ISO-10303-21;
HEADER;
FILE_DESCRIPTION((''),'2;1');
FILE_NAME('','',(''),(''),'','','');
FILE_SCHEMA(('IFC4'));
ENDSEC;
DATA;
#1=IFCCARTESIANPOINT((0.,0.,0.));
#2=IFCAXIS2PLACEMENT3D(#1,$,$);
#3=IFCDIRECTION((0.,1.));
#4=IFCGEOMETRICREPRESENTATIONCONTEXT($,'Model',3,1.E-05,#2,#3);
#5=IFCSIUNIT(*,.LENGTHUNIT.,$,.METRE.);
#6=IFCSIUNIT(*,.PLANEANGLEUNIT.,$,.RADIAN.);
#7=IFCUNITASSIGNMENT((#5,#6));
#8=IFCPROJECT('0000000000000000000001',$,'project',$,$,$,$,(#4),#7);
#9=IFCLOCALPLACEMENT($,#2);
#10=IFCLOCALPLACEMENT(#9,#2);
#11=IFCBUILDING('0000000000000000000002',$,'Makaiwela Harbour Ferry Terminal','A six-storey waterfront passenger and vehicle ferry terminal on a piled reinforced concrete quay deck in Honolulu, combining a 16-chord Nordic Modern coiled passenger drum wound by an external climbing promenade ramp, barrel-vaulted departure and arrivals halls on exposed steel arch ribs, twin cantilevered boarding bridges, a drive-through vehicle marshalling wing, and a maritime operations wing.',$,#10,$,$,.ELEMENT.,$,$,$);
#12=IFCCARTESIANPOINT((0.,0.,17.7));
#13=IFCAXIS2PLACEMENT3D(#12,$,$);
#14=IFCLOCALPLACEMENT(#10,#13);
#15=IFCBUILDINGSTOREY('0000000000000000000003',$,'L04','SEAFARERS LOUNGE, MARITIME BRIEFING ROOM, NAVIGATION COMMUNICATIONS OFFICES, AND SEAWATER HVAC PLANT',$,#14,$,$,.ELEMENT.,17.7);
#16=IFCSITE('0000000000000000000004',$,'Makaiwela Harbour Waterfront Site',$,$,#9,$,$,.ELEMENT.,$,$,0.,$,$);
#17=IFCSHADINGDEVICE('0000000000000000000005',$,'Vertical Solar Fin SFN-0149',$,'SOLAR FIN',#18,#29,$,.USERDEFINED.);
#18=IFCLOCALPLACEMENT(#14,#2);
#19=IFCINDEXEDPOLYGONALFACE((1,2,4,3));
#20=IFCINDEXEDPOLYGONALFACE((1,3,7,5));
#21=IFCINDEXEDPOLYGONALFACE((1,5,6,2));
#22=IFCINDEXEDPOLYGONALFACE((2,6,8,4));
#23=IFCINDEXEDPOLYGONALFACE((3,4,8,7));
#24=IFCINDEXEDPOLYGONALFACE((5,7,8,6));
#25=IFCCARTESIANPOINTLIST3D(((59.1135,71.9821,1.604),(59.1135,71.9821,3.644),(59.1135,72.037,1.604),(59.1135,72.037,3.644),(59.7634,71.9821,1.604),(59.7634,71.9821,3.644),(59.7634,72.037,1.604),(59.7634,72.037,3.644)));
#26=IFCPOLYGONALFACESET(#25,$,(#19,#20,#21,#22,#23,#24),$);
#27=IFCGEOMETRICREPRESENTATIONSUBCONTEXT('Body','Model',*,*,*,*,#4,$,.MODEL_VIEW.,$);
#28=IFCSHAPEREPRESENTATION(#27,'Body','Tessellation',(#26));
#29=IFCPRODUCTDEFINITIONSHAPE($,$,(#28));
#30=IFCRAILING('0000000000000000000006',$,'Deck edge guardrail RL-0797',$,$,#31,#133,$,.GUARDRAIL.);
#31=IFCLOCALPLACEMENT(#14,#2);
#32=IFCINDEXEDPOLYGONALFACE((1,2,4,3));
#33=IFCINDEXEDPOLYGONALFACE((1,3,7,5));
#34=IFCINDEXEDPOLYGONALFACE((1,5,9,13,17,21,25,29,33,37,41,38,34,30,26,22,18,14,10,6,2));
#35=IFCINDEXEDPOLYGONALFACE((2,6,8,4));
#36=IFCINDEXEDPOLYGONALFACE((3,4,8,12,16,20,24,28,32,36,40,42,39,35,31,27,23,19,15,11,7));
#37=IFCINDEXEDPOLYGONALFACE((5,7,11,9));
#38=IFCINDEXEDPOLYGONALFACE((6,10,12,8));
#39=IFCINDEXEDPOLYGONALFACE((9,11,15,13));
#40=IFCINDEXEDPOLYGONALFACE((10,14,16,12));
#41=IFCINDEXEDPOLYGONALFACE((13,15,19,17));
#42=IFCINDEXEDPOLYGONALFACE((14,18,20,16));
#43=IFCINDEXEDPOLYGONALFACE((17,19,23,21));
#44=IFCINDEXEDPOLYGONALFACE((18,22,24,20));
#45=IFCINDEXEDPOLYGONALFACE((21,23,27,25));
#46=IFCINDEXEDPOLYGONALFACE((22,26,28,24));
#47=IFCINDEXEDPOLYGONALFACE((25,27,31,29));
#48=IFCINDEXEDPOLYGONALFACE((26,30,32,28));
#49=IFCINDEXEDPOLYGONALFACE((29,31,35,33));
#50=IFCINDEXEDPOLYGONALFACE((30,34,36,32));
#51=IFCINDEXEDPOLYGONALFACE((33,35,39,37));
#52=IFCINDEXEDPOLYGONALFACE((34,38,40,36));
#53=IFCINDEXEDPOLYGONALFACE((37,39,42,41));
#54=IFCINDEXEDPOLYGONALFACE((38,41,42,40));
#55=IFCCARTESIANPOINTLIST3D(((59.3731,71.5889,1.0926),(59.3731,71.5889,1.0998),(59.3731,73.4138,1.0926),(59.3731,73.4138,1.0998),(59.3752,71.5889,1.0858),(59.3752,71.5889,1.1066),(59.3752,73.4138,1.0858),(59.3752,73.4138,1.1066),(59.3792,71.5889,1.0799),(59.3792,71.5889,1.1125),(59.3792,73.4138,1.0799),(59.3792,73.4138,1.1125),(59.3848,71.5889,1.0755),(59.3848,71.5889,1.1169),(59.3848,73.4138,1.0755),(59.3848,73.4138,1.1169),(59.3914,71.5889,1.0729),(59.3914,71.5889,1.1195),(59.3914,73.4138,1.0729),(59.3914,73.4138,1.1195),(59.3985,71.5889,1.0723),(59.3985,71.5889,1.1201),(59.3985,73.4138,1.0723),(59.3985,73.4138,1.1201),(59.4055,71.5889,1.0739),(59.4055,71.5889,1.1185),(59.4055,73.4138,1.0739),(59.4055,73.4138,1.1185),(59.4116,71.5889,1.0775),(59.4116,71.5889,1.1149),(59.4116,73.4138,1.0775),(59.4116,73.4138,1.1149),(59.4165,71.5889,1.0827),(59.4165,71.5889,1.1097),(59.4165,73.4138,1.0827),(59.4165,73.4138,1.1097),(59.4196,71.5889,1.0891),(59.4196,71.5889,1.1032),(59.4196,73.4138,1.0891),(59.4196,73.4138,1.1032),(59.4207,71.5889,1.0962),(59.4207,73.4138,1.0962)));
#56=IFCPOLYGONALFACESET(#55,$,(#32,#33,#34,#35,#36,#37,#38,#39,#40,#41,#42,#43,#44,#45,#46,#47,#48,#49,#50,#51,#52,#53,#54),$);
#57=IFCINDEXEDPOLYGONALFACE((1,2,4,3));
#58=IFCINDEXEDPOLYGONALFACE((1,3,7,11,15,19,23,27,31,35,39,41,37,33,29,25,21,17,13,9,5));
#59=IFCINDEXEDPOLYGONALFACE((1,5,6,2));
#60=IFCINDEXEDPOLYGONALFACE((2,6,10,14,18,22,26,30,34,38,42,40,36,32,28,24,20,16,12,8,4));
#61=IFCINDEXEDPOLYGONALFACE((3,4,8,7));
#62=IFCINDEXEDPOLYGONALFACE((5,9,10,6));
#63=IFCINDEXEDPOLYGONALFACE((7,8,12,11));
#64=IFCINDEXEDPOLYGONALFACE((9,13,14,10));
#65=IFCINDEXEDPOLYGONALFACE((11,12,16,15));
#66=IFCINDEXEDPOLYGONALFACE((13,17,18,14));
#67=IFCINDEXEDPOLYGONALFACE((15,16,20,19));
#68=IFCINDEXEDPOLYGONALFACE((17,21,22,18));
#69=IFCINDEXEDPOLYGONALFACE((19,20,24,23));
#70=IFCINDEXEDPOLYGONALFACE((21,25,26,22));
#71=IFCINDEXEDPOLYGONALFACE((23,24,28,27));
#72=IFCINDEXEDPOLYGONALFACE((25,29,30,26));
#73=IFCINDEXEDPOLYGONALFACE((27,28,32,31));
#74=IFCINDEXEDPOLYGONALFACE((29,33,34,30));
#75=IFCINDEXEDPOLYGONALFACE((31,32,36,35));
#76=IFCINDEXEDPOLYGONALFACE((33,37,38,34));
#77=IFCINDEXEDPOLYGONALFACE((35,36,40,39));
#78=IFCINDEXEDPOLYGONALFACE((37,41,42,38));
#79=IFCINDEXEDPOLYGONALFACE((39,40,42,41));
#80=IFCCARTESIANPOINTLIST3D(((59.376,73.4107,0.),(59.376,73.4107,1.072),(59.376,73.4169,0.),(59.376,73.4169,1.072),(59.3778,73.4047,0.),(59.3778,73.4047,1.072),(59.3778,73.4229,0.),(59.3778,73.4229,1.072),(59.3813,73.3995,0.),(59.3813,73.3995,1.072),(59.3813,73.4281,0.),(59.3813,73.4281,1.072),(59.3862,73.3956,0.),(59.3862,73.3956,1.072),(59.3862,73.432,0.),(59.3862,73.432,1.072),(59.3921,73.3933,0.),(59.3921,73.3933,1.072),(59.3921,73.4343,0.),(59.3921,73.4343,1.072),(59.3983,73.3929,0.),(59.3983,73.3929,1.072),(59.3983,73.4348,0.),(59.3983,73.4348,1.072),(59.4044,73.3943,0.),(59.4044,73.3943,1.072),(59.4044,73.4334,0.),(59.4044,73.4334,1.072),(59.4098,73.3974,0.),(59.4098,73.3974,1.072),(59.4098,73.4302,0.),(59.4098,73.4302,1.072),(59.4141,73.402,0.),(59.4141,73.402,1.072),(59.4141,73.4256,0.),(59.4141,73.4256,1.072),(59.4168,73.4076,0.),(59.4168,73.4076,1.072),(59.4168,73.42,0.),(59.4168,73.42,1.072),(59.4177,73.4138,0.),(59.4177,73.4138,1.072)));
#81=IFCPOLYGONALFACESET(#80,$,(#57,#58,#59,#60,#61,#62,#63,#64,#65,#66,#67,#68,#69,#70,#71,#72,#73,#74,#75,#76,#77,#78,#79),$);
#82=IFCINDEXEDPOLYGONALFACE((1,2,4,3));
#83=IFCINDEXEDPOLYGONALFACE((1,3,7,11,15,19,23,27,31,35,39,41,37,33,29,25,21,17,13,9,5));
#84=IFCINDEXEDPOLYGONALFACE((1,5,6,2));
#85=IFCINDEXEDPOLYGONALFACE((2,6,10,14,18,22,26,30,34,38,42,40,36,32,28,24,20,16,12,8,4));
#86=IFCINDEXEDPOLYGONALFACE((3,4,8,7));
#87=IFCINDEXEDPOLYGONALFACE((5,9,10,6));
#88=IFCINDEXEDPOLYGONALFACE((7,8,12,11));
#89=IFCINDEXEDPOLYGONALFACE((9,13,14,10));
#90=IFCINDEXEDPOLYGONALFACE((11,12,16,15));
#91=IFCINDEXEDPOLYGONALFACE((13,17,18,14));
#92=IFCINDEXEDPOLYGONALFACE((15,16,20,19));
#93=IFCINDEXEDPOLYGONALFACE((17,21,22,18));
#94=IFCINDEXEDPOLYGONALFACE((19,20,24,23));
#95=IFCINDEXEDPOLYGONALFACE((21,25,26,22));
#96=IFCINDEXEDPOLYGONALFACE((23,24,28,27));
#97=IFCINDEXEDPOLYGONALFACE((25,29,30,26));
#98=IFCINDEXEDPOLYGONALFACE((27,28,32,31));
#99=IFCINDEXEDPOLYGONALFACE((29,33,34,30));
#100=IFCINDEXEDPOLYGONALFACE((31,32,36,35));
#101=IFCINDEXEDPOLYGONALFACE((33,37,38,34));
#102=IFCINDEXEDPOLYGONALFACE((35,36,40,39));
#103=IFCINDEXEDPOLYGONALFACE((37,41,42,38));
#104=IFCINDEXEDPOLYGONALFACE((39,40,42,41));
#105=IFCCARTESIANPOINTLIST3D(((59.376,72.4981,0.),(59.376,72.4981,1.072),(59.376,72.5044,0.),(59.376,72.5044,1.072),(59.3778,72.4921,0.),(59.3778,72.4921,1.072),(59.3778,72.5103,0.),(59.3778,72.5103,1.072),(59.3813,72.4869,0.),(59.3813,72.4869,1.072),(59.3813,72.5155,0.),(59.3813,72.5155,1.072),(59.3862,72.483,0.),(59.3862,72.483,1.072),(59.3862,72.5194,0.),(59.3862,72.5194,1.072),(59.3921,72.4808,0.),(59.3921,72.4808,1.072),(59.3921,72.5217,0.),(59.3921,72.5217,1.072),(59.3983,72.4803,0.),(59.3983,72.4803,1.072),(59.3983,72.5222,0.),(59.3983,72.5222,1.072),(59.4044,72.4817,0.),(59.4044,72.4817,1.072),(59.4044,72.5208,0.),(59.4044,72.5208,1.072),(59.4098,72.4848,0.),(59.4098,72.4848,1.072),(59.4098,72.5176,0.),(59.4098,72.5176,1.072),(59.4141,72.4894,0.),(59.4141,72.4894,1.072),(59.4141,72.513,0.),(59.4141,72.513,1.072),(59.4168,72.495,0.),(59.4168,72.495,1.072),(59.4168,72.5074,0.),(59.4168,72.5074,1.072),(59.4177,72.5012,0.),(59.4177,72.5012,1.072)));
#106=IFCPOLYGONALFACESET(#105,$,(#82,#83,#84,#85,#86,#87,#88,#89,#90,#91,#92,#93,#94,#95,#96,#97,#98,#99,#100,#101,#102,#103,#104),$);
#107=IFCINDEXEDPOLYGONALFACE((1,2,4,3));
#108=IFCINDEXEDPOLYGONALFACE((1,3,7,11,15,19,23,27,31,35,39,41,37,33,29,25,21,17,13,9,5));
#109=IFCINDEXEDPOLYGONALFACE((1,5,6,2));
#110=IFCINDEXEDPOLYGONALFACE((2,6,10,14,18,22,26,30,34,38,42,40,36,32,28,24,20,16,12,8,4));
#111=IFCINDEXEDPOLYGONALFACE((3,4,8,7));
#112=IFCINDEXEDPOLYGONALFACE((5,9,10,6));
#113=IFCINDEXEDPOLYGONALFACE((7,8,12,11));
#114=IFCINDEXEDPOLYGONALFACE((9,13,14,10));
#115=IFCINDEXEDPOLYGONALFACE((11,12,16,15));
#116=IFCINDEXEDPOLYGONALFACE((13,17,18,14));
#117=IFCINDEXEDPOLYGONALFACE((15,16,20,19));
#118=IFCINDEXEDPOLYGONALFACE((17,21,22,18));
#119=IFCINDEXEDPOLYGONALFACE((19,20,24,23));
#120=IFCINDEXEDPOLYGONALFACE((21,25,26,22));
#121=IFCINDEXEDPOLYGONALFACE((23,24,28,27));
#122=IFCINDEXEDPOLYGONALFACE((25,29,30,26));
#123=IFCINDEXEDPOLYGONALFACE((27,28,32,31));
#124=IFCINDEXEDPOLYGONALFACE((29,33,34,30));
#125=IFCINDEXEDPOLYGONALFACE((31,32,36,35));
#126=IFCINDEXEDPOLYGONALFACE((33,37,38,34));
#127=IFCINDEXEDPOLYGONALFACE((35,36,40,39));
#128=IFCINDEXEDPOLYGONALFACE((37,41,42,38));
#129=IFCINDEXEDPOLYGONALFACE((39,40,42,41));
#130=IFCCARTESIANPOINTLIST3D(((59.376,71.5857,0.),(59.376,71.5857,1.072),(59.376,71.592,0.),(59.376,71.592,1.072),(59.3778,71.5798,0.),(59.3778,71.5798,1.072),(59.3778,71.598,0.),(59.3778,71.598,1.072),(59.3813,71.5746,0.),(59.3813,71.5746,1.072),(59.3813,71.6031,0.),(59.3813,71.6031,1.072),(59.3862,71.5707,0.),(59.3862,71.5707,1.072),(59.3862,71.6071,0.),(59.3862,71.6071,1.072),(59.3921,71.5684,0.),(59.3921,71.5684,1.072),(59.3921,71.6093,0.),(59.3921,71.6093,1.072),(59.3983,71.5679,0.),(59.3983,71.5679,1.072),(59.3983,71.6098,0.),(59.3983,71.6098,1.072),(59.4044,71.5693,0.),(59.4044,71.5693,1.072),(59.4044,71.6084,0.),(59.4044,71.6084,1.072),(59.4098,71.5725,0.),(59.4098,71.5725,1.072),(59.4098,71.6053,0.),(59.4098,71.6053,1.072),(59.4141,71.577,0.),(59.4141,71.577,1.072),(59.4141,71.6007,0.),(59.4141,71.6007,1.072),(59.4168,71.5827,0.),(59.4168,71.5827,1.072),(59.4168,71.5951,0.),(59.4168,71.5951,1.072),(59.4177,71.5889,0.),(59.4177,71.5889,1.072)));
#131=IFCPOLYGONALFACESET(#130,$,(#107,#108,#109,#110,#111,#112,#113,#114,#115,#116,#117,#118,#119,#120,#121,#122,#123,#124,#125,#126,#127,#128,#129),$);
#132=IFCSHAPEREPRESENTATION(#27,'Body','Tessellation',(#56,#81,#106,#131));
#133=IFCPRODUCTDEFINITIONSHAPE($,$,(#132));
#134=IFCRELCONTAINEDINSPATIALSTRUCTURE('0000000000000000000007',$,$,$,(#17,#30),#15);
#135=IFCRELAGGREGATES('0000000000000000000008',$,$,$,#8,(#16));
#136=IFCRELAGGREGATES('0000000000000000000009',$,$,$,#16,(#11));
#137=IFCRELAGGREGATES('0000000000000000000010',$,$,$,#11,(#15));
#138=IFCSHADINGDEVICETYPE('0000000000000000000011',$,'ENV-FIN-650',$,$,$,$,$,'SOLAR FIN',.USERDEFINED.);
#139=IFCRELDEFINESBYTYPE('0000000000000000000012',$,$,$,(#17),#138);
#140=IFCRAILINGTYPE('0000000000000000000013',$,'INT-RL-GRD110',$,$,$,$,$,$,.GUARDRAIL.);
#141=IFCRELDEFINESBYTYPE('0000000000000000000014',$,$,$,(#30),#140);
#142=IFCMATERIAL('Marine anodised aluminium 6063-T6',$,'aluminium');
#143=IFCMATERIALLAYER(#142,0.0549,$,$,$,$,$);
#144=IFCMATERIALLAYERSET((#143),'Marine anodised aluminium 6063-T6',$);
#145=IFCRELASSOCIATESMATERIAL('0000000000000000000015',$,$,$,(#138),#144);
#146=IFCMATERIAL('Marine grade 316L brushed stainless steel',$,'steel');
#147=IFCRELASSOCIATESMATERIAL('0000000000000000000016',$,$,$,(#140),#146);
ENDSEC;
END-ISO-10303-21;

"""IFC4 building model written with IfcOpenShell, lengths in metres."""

from ifc_helpers import new_model, si_unit, direction, frame, origin, origin_2d, place, context, subcontext, project, spatial, rectangle, circle, extrude, material, layer, layer_set, type_object, element, save


model = new_model("IFC4")

# Units and contexts
model_context = context("Model", 3, precision=1e-05, world=origin(), true_north=direction((0.0, 1.0)))
body_context = subcontext(model_context, "Body", "Model", "MODEL_VIEW")
ifc_project = project(units=[si_unit("LENGTHUNIT", "METRE"), si_unit("PLANEANGLEUNIT", "RADIAN")], contexts=[model_context])

# Site, building, storey
site_placement = place(None, origin())
site = spatial("IfcSite", under=ifc_project, at=site_placement, Name="Makaiwela Harbour Waterfront Site", CompositionType="ELEMENT", RefElevation=0.0)
building_placement = place(site_placement, origin())
building = spatial("IfcBuilding", under=site, at=building_placement, Name="Makaiwela Harbour Ferry Terminal", Description="A six-storey waterfront passenger and vehicle ferry terminal on a piled reinforced concrete quay deck in Honolulu, combining a 16-chord Nordic Modern coiled passenger drum wound by an external climbing promenade ramp, barrel-vaulted departure and arrivals halls on exposed steel arch ribs, twin cantilevered boarding bridges, a drive-through vehicle marshalling wing, and a maritime operations wing.", CompositionType="ELEMENT")
storey_placement = place(building_placement, frame((0.0, 0.0, 17.7)))
storey = spatial("IfcBuildingStorey", under=building, at=storey_placement, Name="L04", Description="SEAFARERS LOUNGE, MARITIME BRIEFING ROOM, NAVIGATION COMMUNICATIONS OFFICES, AND SEAWATER HVAC PLANT", CompositionType="ELEMENT", Elevation=17.7)

# Shared definitions
ifc_material_1 = material(Name="Marine anodised aluminium 6063-T6", Category="aluminium")

# Shading device
ifc_layer_1 = layer(ifc_material_1, 0.0549)
ifc_layer_set_1 = layer_set([ifc_layer_1], Name="Marine anodised aluminium 6063-T6")
shading_device_type = type_object("IfcShadingDeviceType", Name="ENV-FIN-650", ElementType="SOLAR FIN", PredefinedType="USERDEFINED", material=ifc_layer_set_1)
for number, where, z_axis, x_axis, name in (
    (1, (59.4385, 72.0095, 1.604), (0.0, 0.0, 1.0), (1.0, 0.0, 0.0), "Vertical Solar Fin SFN-0149"),
):
    element("IfcShadingDevice", number, at=place(storey_placement, frame(where, z_axis=z_axis, x_axis=x_axis)), inside=storey, type_object=shading_device_type, Name=name, ObjectType="SOLAR FIN", PredefinedType="USERDEFINED", context=body_context, shape_type="SweptSolid", body=[
        extrude(rectangle(XDim=0.6499, YDim=0.0549, at=origin_2d()), origin(), (0.0, 0.0, 1.0), 2.04),
    ])

# Railing
ifc_material_2 = material(Name="Marine grade 316L brushed stainless steel", Category="steel")
railing_type_1 = type_object("IfcRailingType", Name="INT-RL-GRD110", PredefinedType="GUARDRAIL", material=ifc_material_2)
for number, where, name in (
    (2, (59.3967, 73.4138, 0.0), "Deck edge guardrail RL-0797"),
):
    element("IfcRailing", number, at=place(storey_placement, frame(where)), inside=storey, type_object=railing_type_1, Name=name, PredefinedType="GUARDRAIL", context=body_context, shape_type="SweptSolid", body=[
        extrude(circle(Radius=0.0239, at=origin_2d()), frame((0.0, 0.0, 1.0962), z_axis=(0.0, -1.0, 0.0), x_axis=(1.0, 0.0, 0.0)), (0.0, 0.0, 1.0), 1.825),
        extrude(circle(Radius=0.021, at=origin_2d()), origin(), (0.0, 0.0, 1.0), 1.072),
        extrude(circle(Radius=0.021, at=origin_2d()), frame((0.0, -0.9126, 0.0)), (0.0, 0.0, 1.0), 1.072),
        extrude(circle(Radius=0.021, at=origin_2d()), frame((0.0, -1.825, 0.0)), (0.0, 0.0, 1.0), 1.072),
    ])

save(model, "model.ifc")
